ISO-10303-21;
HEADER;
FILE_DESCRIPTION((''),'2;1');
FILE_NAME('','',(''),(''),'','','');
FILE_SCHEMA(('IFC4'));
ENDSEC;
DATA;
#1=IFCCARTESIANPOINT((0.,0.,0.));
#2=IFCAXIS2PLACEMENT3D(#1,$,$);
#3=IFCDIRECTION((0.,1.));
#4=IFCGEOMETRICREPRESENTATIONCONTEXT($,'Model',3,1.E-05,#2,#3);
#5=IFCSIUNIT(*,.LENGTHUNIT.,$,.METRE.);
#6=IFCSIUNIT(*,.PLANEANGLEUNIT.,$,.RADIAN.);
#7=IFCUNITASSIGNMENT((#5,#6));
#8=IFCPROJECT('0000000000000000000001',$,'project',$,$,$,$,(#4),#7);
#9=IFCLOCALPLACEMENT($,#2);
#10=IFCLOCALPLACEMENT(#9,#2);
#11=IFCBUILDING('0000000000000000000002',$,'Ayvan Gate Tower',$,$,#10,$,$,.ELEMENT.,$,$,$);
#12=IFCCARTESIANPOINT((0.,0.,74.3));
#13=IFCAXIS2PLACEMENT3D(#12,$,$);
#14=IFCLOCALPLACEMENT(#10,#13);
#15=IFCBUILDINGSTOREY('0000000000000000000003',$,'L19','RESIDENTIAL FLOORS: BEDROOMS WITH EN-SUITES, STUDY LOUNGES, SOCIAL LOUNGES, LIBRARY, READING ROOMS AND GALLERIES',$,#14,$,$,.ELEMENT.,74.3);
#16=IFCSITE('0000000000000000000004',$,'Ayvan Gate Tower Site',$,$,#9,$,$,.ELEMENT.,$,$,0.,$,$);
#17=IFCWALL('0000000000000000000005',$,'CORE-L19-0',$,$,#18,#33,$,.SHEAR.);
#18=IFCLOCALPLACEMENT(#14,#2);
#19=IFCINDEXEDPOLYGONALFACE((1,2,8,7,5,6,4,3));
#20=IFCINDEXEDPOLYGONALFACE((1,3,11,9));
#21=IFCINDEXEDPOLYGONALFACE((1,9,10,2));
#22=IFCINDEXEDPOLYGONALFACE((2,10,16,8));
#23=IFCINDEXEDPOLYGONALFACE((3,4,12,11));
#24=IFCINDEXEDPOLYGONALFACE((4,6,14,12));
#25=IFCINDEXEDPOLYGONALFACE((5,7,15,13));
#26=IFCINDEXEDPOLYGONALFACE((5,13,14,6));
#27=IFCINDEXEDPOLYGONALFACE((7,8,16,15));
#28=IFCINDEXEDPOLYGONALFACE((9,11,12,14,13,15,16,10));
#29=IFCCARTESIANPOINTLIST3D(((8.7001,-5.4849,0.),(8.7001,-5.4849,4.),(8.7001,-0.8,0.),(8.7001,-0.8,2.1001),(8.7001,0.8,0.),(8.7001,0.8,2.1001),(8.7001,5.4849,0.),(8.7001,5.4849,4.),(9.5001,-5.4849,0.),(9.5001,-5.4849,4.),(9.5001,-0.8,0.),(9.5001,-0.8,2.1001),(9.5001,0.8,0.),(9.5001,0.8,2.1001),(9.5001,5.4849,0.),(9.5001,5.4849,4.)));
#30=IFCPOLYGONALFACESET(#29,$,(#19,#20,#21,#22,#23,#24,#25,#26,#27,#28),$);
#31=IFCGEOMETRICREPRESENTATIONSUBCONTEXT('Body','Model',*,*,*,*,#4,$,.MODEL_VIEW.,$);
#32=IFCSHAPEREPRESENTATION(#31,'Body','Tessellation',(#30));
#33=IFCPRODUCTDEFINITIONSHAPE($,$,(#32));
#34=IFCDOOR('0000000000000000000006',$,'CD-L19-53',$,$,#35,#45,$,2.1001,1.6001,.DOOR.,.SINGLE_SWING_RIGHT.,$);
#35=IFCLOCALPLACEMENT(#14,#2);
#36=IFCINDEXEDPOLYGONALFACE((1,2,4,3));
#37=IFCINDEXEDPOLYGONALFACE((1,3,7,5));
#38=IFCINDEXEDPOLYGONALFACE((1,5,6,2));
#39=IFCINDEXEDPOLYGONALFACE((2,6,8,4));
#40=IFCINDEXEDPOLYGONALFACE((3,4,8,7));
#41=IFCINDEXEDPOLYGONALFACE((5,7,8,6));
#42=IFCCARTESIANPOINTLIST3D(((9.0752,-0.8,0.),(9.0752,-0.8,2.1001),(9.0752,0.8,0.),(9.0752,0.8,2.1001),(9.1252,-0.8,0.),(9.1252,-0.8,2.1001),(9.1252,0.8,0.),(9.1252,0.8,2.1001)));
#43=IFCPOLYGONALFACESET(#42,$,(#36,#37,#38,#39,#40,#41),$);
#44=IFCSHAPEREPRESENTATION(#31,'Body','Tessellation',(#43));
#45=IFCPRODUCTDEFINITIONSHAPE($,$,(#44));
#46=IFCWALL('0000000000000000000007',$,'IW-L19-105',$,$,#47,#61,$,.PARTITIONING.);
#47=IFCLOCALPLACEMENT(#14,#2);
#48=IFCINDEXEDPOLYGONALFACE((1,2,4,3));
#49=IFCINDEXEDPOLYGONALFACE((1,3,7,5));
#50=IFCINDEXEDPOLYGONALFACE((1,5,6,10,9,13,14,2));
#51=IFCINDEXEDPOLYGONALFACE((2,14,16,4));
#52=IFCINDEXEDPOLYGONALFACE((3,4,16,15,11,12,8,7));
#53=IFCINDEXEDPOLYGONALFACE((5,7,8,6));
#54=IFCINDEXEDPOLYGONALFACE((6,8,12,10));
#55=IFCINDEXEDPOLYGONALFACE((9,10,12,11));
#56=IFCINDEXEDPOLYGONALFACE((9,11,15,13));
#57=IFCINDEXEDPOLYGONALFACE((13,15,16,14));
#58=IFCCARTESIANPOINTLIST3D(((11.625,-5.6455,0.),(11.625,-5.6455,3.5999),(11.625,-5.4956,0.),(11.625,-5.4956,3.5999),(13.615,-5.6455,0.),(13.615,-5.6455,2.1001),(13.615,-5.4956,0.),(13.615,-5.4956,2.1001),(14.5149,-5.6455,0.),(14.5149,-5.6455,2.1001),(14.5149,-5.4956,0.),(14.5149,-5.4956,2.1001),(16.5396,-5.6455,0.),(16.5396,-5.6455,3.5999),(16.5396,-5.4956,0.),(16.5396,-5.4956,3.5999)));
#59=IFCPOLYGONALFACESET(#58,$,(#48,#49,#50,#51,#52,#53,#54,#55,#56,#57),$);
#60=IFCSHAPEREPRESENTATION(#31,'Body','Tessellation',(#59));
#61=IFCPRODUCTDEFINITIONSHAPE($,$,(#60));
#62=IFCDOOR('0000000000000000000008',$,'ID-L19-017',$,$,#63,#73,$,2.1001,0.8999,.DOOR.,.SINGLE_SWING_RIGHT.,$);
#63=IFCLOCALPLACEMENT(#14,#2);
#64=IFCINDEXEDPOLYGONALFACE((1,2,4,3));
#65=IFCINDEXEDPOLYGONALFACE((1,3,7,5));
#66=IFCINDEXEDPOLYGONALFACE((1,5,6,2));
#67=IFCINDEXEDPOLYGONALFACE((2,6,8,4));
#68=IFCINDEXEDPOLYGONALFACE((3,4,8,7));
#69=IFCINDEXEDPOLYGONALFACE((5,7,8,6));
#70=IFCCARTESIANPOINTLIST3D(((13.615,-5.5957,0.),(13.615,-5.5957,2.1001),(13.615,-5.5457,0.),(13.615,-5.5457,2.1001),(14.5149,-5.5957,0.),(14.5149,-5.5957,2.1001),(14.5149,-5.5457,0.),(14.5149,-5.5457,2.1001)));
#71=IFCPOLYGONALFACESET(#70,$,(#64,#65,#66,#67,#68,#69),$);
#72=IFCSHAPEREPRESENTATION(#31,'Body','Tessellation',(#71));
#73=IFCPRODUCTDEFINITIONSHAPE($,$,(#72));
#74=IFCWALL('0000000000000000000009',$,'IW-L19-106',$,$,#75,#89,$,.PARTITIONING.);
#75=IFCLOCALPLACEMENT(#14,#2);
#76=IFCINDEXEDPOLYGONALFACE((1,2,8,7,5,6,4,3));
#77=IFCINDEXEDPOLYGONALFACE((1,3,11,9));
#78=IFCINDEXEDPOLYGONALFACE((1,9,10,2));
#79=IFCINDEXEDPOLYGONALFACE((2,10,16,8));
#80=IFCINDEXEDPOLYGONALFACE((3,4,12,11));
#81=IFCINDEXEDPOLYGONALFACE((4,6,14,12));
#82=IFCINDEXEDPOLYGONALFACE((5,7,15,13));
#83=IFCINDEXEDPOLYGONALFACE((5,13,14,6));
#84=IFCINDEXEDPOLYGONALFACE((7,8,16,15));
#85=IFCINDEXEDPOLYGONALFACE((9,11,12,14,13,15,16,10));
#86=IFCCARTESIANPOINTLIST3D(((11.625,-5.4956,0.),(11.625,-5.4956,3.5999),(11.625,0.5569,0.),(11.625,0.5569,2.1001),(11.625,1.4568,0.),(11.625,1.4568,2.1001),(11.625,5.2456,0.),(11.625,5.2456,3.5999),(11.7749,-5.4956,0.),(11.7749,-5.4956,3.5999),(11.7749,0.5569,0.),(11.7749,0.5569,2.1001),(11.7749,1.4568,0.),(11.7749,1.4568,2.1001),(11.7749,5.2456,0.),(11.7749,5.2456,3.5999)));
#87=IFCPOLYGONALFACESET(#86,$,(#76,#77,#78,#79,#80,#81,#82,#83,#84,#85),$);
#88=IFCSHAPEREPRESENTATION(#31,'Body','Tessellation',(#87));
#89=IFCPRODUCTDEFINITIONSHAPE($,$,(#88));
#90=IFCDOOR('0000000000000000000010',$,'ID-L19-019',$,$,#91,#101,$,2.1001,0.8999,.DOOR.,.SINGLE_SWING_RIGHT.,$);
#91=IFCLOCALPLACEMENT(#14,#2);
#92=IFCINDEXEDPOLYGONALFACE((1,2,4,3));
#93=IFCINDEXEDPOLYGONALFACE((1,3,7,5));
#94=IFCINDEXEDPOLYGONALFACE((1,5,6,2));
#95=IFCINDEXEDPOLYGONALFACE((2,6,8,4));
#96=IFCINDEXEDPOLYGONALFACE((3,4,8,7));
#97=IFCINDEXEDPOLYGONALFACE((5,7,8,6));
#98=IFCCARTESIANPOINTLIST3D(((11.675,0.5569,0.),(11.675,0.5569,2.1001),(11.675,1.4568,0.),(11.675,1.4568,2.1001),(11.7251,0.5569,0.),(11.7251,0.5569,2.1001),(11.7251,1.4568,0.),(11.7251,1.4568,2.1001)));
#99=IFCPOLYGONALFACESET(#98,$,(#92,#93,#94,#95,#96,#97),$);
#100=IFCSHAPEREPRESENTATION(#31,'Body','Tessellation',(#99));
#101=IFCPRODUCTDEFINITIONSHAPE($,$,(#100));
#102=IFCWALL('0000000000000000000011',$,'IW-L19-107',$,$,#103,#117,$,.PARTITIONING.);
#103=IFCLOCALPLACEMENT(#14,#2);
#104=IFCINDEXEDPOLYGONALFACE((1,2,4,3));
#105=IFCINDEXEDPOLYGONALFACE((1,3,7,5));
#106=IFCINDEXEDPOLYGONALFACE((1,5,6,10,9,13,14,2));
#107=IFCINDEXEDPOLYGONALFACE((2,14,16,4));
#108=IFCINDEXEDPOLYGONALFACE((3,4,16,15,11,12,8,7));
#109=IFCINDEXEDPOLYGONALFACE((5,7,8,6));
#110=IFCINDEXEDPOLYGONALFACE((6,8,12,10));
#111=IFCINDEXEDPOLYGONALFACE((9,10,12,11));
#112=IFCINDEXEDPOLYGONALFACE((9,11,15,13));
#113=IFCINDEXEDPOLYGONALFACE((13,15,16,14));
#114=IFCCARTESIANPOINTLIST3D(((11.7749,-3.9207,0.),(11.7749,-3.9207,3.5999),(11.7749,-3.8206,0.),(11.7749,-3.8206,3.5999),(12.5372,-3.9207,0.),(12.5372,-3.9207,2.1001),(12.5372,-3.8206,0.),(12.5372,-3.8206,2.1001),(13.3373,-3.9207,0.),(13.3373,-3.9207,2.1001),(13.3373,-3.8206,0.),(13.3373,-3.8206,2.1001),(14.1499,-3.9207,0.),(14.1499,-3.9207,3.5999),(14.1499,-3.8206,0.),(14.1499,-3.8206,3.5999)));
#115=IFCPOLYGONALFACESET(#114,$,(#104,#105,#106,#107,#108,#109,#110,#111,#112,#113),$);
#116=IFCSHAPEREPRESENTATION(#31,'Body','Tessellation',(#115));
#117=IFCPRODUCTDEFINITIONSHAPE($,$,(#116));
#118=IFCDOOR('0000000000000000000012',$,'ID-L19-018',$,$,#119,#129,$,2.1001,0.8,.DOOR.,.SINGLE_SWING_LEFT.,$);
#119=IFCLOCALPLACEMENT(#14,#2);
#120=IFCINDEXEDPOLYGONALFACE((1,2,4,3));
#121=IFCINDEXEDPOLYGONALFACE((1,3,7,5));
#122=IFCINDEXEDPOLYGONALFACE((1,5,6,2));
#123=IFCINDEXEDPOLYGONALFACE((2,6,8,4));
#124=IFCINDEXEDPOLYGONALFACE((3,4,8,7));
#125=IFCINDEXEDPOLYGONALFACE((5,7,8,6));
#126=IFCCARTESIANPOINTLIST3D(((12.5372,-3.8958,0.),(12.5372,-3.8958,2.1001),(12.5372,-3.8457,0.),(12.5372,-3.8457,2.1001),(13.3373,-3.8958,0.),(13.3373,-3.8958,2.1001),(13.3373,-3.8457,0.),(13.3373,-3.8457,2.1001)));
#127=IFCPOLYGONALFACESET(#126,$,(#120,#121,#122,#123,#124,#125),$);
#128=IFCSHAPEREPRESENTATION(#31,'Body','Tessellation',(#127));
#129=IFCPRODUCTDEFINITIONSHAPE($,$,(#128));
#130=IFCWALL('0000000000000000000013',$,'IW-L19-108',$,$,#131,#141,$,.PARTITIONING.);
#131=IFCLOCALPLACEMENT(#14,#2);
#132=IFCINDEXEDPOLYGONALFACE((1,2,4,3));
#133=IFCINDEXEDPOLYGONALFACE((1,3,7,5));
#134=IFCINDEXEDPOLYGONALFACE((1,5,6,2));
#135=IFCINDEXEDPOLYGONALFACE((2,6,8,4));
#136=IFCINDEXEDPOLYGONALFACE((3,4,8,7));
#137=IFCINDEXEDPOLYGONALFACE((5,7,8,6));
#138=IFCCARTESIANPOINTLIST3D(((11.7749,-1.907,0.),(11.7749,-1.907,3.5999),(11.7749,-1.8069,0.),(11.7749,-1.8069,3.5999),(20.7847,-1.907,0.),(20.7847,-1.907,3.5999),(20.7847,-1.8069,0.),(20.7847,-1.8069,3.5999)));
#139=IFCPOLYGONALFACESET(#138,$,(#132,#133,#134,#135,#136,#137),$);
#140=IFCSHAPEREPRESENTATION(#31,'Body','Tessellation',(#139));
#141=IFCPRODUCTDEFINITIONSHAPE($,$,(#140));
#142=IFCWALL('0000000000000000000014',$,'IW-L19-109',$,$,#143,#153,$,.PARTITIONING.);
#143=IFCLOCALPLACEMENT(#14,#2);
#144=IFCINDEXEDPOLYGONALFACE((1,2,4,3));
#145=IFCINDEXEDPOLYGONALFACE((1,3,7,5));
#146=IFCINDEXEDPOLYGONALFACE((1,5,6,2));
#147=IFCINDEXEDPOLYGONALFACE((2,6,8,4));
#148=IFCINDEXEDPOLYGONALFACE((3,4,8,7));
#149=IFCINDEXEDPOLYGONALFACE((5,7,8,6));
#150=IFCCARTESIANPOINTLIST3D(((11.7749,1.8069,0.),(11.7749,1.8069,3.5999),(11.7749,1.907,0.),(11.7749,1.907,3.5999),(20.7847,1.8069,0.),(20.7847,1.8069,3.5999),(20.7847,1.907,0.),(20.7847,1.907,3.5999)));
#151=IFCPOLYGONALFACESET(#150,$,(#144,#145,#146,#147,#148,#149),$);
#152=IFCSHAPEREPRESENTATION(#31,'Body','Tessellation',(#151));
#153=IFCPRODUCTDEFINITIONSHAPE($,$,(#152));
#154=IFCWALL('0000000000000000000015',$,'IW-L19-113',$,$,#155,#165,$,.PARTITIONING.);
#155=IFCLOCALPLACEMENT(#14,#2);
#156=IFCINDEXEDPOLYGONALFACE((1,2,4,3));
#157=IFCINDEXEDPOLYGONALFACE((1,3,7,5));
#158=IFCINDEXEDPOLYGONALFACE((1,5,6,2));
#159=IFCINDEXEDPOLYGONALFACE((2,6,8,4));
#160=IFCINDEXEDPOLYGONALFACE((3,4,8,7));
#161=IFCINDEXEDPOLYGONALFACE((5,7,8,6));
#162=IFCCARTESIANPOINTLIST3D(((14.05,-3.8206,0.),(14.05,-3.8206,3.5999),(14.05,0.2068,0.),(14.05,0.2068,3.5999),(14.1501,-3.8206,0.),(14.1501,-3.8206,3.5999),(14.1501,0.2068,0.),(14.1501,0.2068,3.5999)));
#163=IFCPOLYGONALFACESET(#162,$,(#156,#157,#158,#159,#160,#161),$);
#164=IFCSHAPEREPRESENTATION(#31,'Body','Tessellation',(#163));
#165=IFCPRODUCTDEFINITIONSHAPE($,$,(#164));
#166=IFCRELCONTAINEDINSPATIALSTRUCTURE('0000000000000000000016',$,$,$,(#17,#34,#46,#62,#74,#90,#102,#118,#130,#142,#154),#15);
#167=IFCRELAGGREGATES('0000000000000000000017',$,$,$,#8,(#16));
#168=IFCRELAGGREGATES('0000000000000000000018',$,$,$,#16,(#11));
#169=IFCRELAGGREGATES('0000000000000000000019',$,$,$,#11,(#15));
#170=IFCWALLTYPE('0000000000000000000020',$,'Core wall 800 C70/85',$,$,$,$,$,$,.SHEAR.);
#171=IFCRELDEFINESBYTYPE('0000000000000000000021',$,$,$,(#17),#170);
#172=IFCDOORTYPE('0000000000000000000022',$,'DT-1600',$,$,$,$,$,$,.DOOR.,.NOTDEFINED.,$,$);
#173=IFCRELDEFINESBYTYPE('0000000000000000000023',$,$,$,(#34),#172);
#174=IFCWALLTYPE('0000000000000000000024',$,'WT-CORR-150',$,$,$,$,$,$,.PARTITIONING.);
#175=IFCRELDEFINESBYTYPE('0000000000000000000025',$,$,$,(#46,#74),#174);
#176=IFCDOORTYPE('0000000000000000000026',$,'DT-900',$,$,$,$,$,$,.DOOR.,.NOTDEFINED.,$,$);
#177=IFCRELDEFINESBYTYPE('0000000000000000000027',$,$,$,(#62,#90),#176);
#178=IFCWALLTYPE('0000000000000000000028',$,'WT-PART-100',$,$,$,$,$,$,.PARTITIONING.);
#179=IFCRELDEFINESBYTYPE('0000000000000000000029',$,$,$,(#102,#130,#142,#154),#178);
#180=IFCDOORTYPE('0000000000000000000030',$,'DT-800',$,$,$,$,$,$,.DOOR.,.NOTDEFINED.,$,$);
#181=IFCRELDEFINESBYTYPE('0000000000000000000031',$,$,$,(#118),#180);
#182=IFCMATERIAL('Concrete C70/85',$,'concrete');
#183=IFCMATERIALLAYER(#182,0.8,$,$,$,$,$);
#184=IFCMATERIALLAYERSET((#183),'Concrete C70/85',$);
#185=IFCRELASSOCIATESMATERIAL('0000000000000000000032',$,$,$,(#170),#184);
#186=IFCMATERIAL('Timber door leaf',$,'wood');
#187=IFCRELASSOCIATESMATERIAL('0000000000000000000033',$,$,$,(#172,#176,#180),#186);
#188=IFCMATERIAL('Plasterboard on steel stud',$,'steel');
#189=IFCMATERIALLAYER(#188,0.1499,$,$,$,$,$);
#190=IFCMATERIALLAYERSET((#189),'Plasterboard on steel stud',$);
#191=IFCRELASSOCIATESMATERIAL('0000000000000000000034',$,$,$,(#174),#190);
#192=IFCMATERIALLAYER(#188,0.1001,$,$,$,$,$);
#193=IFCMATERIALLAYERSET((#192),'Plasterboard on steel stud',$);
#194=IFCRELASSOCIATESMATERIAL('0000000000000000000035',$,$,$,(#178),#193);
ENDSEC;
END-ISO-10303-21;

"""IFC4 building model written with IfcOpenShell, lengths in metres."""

from ifc_helpers import new_model, si_unit, direction, frame, frame_2d, origin, place, context, subcontext, project, spatial, rectangle, extrude, material, layer, layer_set, type_object, element, fill, save


model = new_model("IFC4")

# Units and contexts
model_context = context("Model", 3, precision=1e-05, world=origin(), true_north=direction((0.0, 1.0)))
body_context = subcontext(model_context, "Body", "Model", "MODEL_VIEW")
ifc_project = project(units=[si_unit("LENGTHUNIT", "METRE"), si_unit("PLANEANGLEUNIT", "RADIAN")], contexts=[model_context])

# Site, building, storey
site_placement = place(None, origin())
site = spatial("IfcSite", under=ifc_project, at=site_placement, Name="Ayvan Gate Tower Site", CompositionType="ELEMENT", RefElevation=0.0)
building_placement = place(site_placement, origin())
building = spatial("IfcBuilding", under=site, at=building_placement, Name="Ayvan Gate Tower", CompositionType="ELEMENT")
storey_placement = place(building_placement, frame((0.0, 0.0, 74.3)))
storey = spatial("IfcBuildingStorey", under=building, at=storey_placement, Name="L19", Description="RESIDENTIAL FLOORS: BEDROOMS WITH EN-SUITES, STUDY LOUNGES, SOCIAL LOUNGES, LIBRARY, READING ROOMS AND GALLERIES", CompositionType="ELEMENT", Elevation=74.3)

# Walls, openings, doors
ifc_material_1 = material(Name="Concrete C70/85", Category="concrete")
ifc_layer_1 = layer(ifc_material_1, 0.8)
ifc_layer_set_1 = layer_set([ifc_layer_1], Name="Concrete C70/85")
wall_type_1 = type_object("IfcWallType", Name="Core wall 800 C70/85", PredefinedType="SHEAR", material=ifc_layer_set_1)
wall_1_placement = place(storey_placement, frame((9.1001, -5.4849, 0.0), z_axis=(0.0, 0.0, 1.0), x_axis=(0.0, 1.0, 0.0)))
wall_1 = element("IfcWall", 1, at=wall_1_placement, inside=storey, type_object=wall_type_1, Name="CORE-L19-0", PredefinedType="SHEAR", context=body_context, shape_type="SweptSolid", body=[
    extrude(rectangle(XDim=10.9697, YDim=0.8, at=frame_2d((5.4849, 0.0))), origin(), (0.0, 0.0, 1.0), 4.0),
])
opening_1_placement = place(wall_1_placement, frame((4.6848, 0.0, 0.0)))
opening_1 = element("IfcOpeningElement", 2, at=opening_1_placement, cuts=wall_1, PredefinedType="OPENING", context=body_context, shape_type="SweptSolid", body=[
    extrude(rectangle(XDim=1.6001, YDim=2.1001, at=frame_2d((0.8, 1.05))), frame((0.0, 0.4099, 0.0), z_axis=(0.0, -1.0, 0.0), x_axis=(1.0, 0.0, 0.0)), (0.0, 0.0, 1.0), 0.8201),
])
ifc_material_2 = material(Name="Timber door leaf", Category="wood")
door_type_1 = type_object("IfcDoorType", Name="DT-1600", OperationType="NOTDEFINED", PredefinedType="DOOR", material=ifc_material_2)
door_1_placement = place(opening_1_placement, origin())
door_1 = element("IfcDoor", 3, at=door_1_placement, inside=storey, type_object=door_type_1, Name="CD-L19-53", OperationType="SINGLE_SWING_RIGHT", OverallHeight=2.1001, OverallWidth=1.6001, PredefinedType="DOOR", context=body_context, shape_type="SweptSolid", body=[
    extrude(rectangle(XDim=1.6001, YDim=2.1001, at=frame_2d((0.8, 1.05))), frame((0.0, 0.0249, 0.0), z_axis=(0.0, -1.0, 0.0), x_axis=(1.0, 0.0, 0.0)), (0.0, 0.0, 1.0), 0.05),
])
fill(opening_1, door_1)
ifc_material_3 = material(Name="Plasterboard on steel stud", Category="steel")
ifc_layer_2 = layer(ifc_material_3, 0.1499)
ifc_layer_set_2 = layer_set([ifc_layer_2], Name="Plasterboard on steel stud")
wall_type_2 = type_object("IfcWallType", Name="WT-CORR-150", PredefinedType="PARTITIONING", material=ifc_layer_set_2)
wall_2_placement = place(storey_placement, frame((11.625, -5.5706, 0.0), z_axis=(0.0, 0.0, 1.0), x_axis=(1.0, 0.0, 0.0)))
wall_2 = element("IfcWall", 4, at=wall_2_placement, inside=storey, type_object=wall_type_2, Name="IW-L19-105", PredefinedType="PARTITIONING", context=body_context, shape_type="SweptSolid", body=[
    extrude(rectangle(XDim=4.9146, YDim=0.1499, at=frame_2d((2.4573, 0.0))), origin(), (0.0, 0.0, 1.0), 3.5999),
])
opening_2_placement = place(wall_2_placement, frame((1.99, 0.0, 0.0)))
opening_2 = element("IfcOpeningElement", 5, at=opening_2_placement, cuts=wall_2, PredefinedType="OPENING", context=body_context, shape_type="SweptSolid", body=[
    extrude(rectangle(XDim=0.8999, YDim=2.1001, at=frame_2d((0.45, 1.05))), frame((0.0, 0.085, 0.0), z_axis=(0.0, -1.0, 0.0), x_axis=(1.0, 0.0, 0.0)), (0.0, 0.0, 1.0), 0.1699),
])
door_type_2 = type_object("IfcDoorType", Name="DT-900", OperationType="NOTDEFINED", PredefinedType="DOOR", material=ifc_material_2)
door_2_placement = place(opening_2_placement, origin())
door_2 = element("IfcDoor", 6, at=door_2_placement, inside=storey, type_object=door_type_2, Name="ID-L19-017", OperationType="SINGLE_SWING_RIGHT", OverallHeight=2.1001, OverallWidth=0.8999, PredefinedType="DOOR", context=body_context, shape_type="SweptSolid", body=[
    extrude(rectangle(XDim=0.8999, YDim=2.1001, at=frame_2d((0.45, 1.05))), frame((0.0, 0.0249, 0.0), z_axis=(0.0, -1.0, 0.0), x_axis=(1.0, 0.0, 0.0)), (0.0, 0.0, 1.0), 0.05),
])
fill(opening_2, door_2)
wall_3_placement = place(storey_placement, frame((11.7, -5.4956, 0.0), z_axis=(0.0, 0.0, 1.0), x_axis=(0.0, 1.0, 0.0)))
wall_3 = element("IfcWall", 7, at=wall_3_placement, inside=storey, type_object=wall_type_2, Name="IW-L19-106", PredefinedType="PARTITIONING", context=body_context, shape_type="SweptSolid", body=[
    extrude(rectangle(XDim=10.7412, YDim=0.1499, at=frame_2d((5.3706, 0.0))), origin(), (0.0, 0.0, 1.0), 3.5999),
])
opening_3_placement = place(wall_3_placement, frame((6.0525, 0.0, 0.0)))
opening_3 = element("IfcOpeningElement", 8, at=opening_3_placement, cuts=wall_3, PredefinedType="OPENING", context=body_context, shape_type="SweptSolid", body=[
    extrude(rectangle(XDim=0.8999, YDim=2.1001, at=frame_2d((0.45, 1.05))), frame((0.0, 0.085, 0.0), z_axis=(0.0, -1.0, 0.0), x_axis=(1.0, 0.0, 0.0)), (0.0, 0.0, 1.0), 0.1699),
])
door_3_placement = place(opening_3_placement, origin())
door_3 = element("IfcDoor", 9, at=door_3_placement, inside=storey, type_object=door_type_2, Name="ID-L19-019", OperationType="SINGLE_SWING_RIGHT", OverallHeight=2.1001, OverallWidth=0.8999, PredefinedType="DOOR", context=body_context, shape_type="SweptSolid", body=[
    extrude(rectangle(XDim=0.8999, YDim=2.1001, at=frame_2d((0.45, 1.05))), frame((0.0, 0.0249, 0.0), z_axis=(0.0, -1.0, 0.0), x_axis=(1.0, 0.0, 0.0)), (0.0, 0.0, 1.0), 0.05),
])
fill(opening_3, door_3)
ifc_layer_3 = layer(ifc_material_3, 0.1001)
ifc_layer_set_3 = layer_set([ifc_layer_3], Name="Plasterboard on steel stud")
wall_type_3 = type_object("IfcWallType", Name="WT-PART-100", PredefinedType="PARTITIONING", material=ifc_layer_set_3)
wall_4_placement = place(storey_placement, frame((11.7749, -3.8706, 0.0), z_axis=(0.0, 0.0, 1.0), x_axis=(1.0, 0.0, 0.0)))
wall_4 = element("IfcWall", 10, at=wall_4_placement, inside=storey, type_object=wall_type_3, Name="IW-L19-107", PredefinedType="PARTITIONING", context=body_context, shape_type="SweptSolid", body=[
    extrude(rectangle(XDim=2.375, YDim=0.1001, at=frame_2d((1.1875, 0.0))), origin(), (0.0, 0.0, 1.0), 3.5999),
])
opening_4_placement = place(wall_4_placement, frame((0.7625, 0.0, 0.0)))
opening_4 = element("IfcOpeningElement", 11, at=opening_4_placement, cuts=wall_4, PredefinedType="OPENING", context=body_context, shape_type="SweptSolid", body=[
    extrude(rectangle(XDim=0.8, YDim=2.1001, at=frame_2d((0.3999, 1.05))), frame((0.0, 0.0601, 0.0), z_axis=(0.0, -1.0, 0.0), x_axis=(1.0, 0.0, 0.0)), (0.0, 0.0, 1.0), 0.1201),
])
door_type_3 = type_object("IfcDoorType", Name="DT-800", OperationType="NOTDEFINED", PredefinedType="DOOR", material=ifc_material_2)
door_4_placement = place(opening_4_placement, origin())
door_4 = element("IfcDoor", 12, at=door_4_placement, inside=storey, type_object=door_type_3, Name="ID-L19-018", OperationType="SINGLE_SWING_LEFT", OverallHeight=2.1001, OverallWidth=0.8, PredefinedType="DOOR", context=body_context, shape_type="SweptSolid", body=[
    extrude(rectangle(XDim=0.8, YDim=2.1001, at=frame_2d((0.3999, 1.05))), frame((0.0, 0.0249, 0.0), z_axis=(0.0, -1.0, 0.0), x_axis=(1.0, 0.0, 0.0)), (0.0, 0.0, 1.0), 0.05),
])
fill(opening_4, door_4)

# Walls
for number, where, z_axis, x_axis, name in (
    (13, (11.7749, -1.8569, 0.0), (0.0, 0.0, 1.0), (1.0, 0.0, 0.0), "IW-L19-108"),
    (14, (11.7749, 1.8569, 0.0), (0.0, 0.0, 1.0), (1.0, 0.0, 0.0), "IW-L19-109"),
):
    element("IfcWall", number, at=place(storey_placement, frame(where, z_axis=z_axis, x_axis=x_axis)), inside=storey, type_object=wall_type_3, Name=name, PredefinedType="PARTITIONING", context=body_context, shape_type="SweptSolid", body=[
        extrude(rectangle(XDim=9.0098, YDim=0.1001, at=frame_2d((4.5049, 0.0))), origin(), (0.0, 0.0, 1.0), 3.5999),
    ])
wall_5_placement = place(storey_placement, frame((14.1001, -3.8206, 0.0), z_axis=(0.0, 0.0, 1.0), x_axis=(0.0, 1.0, 0.0)))
element("IfcWall", 15, at=wall_5_placement, inside=storey, type_object=wall_type_3, Name="IW-L19-113", PredefinedType="PARTITIONING", context=body_context, shape_type="SweptSolid", body=[
    extrude(rectangle(XDim=4.0273, YDim=0.1001, at=frame_2d((2.0137, 0.0))), origin(), (0.0, 0.0, 1.0), 3.5999),
])

save(model, "model.ifc")
